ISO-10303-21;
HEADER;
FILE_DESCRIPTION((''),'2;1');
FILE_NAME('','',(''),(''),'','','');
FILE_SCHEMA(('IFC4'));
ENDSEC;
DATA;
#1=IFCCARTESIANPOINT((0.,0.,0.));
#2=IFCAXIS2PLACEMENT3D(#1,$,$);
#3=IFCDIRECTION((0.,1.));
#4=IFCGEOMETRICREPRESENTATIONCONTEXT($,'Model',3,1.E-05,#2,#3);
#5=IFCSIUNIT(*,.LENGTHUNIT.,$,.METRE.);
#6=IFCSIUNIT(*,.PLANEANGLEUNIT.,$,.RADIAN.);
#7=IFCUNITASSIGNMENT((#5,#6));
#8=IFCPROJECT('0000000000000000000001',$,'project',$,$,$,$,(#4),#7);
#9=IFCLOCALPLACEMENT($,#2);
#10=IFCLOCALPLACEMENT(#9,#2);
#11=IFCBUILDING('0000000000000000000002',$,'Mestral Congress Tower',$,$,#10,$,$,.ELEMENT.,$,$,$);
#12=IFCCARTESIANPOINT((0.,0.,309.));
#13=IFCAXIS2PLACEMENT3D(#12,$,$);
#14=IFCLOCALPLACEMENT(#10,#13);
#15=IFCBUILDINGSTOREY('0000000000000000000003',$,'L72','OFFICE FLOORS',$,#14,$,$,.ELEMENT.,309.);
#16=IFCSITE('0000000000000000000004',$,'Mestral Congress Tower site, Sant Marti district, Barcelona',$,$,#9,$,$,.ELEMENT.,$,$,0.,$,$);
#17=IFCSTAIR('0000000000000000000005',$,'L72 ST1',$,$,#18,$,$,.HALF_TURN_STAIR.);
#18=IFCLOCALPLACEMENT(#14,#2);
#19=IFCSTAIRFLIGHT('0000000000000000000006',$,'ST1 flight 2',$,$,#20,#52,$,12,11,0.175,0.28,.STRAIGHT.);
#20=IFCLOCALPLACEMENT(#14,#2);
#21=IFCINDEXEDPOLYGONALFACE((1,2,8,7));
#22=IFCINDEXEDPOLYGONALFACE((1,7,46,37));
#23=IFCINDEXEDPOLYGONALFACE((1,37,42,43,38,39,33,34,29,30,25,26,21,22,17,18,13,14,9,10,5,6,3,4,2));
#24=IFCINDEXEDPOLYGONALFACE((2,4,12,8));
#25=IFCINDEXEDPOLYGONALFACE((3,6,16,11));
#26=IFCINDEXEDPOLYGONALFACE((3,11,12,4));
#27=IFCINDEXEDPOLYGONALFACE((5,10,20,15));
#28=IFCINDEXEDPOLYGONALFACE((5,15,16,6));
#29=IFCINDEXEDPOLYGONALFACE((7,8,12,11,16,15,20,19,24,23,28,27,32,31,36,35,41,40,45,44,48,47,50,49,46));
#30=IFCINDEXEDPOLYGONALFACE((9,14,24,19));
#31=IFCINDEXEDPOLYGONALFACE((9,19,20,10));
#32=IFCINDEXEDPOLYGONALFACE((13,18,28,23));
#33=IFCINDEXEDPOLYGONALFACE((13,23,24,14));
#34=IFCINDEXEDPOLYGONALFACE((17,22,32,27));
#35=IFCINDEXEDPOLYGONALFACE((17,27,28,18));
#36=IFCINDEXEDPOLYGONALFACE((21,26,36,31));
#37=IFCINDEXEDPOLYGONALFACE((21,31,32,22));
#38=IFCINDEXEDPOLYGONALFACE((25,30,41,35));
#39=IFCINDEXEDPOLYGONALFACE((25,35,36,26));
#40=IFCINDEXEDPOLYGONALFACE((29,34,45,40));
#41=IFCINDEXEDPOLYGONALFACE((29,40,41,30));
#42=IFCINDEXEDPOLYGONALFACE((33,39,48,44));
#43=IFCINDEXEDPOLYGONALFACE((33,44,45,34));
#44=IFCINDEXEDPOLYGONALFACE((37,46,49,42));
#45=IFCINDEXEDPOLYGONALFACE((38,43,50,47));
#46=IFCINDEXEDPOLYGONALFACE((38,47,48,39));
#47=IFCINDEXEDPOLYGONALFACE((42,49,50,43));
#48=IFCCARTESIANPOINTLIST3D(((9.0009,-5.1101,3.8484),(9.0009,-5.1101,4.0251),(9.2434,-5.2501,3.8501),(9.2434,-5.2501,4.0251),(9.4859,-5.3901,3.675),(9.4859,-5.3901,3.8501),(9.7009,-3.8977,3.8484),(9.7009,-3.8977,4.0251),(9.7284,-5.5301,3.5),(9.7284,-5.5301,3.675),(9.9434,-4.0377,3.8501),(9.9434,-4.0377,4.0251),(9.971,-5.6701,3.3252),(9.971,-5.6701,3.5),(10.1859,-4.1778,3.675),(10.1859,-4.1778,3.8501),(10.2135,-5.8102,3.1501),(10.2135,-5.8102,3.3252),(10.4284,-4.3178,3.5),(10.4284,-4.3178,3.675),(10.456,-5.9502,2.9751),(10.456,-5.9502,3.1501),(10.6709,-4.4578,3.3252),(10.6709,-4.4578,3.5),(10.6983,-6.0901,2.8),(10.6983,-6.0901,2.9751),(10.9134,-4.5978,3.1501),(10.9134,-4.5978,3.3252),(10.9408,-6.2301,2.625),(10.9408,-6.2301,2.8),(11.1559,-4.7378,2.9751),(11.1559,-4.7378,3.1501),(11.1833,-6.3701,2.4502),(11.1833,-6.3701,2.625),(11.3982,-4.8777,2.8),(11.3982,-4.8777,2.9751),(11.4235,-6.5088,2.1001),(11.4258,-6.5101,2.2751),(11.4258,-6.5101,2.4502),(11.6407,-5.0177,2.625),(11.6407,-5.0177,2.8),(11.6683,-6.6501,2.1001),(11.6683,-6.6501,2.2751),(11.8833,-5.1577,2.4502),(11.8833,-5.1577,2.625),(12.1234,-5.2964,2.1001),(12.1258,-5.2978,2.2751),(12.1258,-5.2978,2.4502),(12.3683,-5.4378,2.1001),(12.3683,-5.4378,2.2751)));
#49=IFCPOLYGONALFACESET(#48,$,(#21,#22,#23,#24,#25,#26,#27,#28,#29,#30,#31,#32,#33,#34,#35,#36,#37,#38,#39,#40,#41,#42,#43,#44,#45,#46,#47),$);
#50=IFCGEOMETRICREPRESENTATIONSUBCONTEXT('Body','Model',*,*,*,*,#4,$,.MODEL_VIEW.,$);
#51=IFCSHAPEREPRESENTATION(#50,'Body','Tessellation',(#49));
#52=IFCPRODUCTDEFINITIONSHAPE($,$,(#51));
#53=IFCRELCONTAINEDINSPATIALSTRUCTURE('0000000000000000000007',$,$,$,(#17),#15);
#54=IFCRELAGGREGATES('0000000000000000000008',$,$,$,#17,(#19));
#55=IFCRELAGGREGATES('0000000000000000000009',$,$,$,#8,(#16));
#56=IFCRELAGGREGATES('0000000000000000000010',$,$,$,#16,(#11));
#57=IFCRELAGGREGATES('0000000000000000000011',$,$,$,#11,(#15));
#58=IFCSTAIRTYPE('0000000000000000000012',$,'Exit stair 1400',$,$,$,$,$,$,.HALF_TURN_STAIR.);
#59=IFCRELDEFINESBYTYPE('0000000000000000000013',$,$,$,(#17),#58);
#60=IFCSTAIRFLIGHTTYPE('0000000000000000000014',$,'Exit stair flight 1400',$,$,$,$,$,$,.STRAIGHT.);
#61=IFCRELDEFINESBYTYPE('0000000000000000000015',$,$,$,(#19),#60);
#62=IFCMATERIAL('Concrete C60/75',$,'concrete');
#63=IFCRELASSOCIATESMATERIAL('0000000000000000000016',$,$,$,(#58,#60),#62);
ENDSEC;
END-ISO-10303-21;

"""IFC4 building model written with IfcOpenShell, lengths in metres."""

from ifc_helpers import new_model, si_unit, direction, frame, origin, place, context, subcontext, project, spatial, polyline, outline, extrude, material, type_object, element, aggregate, save


model = new_model("IFC4")

# Units and contexts
model_context = context("Model", 3, precision=1e-05, world=origin(), true_north=direction((0.0, 1.0)))
body_context = subcontext(model_context, "Body", "Model", "MODEL_VIEW")
ifc_project = project(units=[si_unit("LENGTHUNIT", "METRE"), si_unit("PLANEANGLEUNIT", "RADIAN")], contexts=[model_context])

# Site, building, storey
site_placement = place(None, origin())
site = spatial("IfcSite", under=ifc_project, at=site_placement, Name="Mestral Congress Tower site, Sant Marti district, Barcelona", CompositionType="ELEMENT", RefElevation=0.0)
building_placement = place(site_placement, origin())
building = spatial("IfcBuilding", under=site, at=building_placement, Name="Mestral Congress Tower", CompositionType="ELEMENT")
storey_placement = place(building_placement, frame((0.0, 0.0, 309.0)))
storey = spatial("IfcBuildingStorey", under=building, at=storey_placement, Name="L72", Description="OFFICE FLOORS", CompositionType="ELEMENT", Elevation=309.0)

# Shared definitions
ifc_material_1 = material(Name="Concrete C60/75", Category="concrete")

# Stair, stair flight
stair_type = type_object("IfcStairType", Name="Exit stair 1400", PredefinedType="HALF_TURN_STAIR", material=ifc_material_1)
stair_placement = place(storey_placement, origin())
stair = element("IfcStair", 1, at=stair_placement, inside=storey, type_object=stair_type, Name="L72 ST1", PredefinedType="HALF_TURN_STAIR")
stair_flight_type = type_object("IfcStairFlightType", Name="Exit stair flight 1400", PredefinedType="STRAIGHT", material=ifc_material_1)
stair_flight_placement = place(storey_placement, frame((12.0183, -6.0439, 2.1001), z_axis=(0.0, 0.0, 1.0), x_axis=(-0.866025, 0.5, 0.0)))
stair_flight = element("IfcStairFlight", 2, at=stair_flight_placement, type_object=stair_flight_type, Name="ST1 flight 2", NumberOfRisers=12, NumberOfTreads=11, PredefinedType="STRAIGHT", RiserHeight=0.175, TreadLength=0.28, context=body_context, shape_type="SweptSolid", body=[
    extrude(outline(polyline([(0.0, 0.0), (0.0, 0.175), (0.28, 0.175), (0.28, 0.3501), (0.5601, 0.3501), (0.5601, 0.5249), (0.8401, 0.5249), (0.8401, 0.7), (1.1201, 0.7), (1.1201, 0.875), (1.3999, 0.875), (1.3999, 1.05), (1.6799, 1.05), (1.6799, 1.2251), (1.96, 1.2251), (1.96, 1.3999), (2.24, 1.3999), (2.24, 1.575), (2.52, 1.575), (2.52, 1.75), (2.8, 1.75), (2.8, 1.925), (3.0801, 1.925), (3.0801, 2.1001), (3.0801, 1.7483), (0.2827, 0.0), (0.0, 0.0)])), frame((0.0, 0.7, 0.0), z_axis=(0.0, -1.0, 0.0), x_axis=(1.0, 0.0, 0.0)), (0.0, 0.0, 1.0), 1.3999),
])
aggregate(stair, [stair_flight])

save(model, "model.ifc")
